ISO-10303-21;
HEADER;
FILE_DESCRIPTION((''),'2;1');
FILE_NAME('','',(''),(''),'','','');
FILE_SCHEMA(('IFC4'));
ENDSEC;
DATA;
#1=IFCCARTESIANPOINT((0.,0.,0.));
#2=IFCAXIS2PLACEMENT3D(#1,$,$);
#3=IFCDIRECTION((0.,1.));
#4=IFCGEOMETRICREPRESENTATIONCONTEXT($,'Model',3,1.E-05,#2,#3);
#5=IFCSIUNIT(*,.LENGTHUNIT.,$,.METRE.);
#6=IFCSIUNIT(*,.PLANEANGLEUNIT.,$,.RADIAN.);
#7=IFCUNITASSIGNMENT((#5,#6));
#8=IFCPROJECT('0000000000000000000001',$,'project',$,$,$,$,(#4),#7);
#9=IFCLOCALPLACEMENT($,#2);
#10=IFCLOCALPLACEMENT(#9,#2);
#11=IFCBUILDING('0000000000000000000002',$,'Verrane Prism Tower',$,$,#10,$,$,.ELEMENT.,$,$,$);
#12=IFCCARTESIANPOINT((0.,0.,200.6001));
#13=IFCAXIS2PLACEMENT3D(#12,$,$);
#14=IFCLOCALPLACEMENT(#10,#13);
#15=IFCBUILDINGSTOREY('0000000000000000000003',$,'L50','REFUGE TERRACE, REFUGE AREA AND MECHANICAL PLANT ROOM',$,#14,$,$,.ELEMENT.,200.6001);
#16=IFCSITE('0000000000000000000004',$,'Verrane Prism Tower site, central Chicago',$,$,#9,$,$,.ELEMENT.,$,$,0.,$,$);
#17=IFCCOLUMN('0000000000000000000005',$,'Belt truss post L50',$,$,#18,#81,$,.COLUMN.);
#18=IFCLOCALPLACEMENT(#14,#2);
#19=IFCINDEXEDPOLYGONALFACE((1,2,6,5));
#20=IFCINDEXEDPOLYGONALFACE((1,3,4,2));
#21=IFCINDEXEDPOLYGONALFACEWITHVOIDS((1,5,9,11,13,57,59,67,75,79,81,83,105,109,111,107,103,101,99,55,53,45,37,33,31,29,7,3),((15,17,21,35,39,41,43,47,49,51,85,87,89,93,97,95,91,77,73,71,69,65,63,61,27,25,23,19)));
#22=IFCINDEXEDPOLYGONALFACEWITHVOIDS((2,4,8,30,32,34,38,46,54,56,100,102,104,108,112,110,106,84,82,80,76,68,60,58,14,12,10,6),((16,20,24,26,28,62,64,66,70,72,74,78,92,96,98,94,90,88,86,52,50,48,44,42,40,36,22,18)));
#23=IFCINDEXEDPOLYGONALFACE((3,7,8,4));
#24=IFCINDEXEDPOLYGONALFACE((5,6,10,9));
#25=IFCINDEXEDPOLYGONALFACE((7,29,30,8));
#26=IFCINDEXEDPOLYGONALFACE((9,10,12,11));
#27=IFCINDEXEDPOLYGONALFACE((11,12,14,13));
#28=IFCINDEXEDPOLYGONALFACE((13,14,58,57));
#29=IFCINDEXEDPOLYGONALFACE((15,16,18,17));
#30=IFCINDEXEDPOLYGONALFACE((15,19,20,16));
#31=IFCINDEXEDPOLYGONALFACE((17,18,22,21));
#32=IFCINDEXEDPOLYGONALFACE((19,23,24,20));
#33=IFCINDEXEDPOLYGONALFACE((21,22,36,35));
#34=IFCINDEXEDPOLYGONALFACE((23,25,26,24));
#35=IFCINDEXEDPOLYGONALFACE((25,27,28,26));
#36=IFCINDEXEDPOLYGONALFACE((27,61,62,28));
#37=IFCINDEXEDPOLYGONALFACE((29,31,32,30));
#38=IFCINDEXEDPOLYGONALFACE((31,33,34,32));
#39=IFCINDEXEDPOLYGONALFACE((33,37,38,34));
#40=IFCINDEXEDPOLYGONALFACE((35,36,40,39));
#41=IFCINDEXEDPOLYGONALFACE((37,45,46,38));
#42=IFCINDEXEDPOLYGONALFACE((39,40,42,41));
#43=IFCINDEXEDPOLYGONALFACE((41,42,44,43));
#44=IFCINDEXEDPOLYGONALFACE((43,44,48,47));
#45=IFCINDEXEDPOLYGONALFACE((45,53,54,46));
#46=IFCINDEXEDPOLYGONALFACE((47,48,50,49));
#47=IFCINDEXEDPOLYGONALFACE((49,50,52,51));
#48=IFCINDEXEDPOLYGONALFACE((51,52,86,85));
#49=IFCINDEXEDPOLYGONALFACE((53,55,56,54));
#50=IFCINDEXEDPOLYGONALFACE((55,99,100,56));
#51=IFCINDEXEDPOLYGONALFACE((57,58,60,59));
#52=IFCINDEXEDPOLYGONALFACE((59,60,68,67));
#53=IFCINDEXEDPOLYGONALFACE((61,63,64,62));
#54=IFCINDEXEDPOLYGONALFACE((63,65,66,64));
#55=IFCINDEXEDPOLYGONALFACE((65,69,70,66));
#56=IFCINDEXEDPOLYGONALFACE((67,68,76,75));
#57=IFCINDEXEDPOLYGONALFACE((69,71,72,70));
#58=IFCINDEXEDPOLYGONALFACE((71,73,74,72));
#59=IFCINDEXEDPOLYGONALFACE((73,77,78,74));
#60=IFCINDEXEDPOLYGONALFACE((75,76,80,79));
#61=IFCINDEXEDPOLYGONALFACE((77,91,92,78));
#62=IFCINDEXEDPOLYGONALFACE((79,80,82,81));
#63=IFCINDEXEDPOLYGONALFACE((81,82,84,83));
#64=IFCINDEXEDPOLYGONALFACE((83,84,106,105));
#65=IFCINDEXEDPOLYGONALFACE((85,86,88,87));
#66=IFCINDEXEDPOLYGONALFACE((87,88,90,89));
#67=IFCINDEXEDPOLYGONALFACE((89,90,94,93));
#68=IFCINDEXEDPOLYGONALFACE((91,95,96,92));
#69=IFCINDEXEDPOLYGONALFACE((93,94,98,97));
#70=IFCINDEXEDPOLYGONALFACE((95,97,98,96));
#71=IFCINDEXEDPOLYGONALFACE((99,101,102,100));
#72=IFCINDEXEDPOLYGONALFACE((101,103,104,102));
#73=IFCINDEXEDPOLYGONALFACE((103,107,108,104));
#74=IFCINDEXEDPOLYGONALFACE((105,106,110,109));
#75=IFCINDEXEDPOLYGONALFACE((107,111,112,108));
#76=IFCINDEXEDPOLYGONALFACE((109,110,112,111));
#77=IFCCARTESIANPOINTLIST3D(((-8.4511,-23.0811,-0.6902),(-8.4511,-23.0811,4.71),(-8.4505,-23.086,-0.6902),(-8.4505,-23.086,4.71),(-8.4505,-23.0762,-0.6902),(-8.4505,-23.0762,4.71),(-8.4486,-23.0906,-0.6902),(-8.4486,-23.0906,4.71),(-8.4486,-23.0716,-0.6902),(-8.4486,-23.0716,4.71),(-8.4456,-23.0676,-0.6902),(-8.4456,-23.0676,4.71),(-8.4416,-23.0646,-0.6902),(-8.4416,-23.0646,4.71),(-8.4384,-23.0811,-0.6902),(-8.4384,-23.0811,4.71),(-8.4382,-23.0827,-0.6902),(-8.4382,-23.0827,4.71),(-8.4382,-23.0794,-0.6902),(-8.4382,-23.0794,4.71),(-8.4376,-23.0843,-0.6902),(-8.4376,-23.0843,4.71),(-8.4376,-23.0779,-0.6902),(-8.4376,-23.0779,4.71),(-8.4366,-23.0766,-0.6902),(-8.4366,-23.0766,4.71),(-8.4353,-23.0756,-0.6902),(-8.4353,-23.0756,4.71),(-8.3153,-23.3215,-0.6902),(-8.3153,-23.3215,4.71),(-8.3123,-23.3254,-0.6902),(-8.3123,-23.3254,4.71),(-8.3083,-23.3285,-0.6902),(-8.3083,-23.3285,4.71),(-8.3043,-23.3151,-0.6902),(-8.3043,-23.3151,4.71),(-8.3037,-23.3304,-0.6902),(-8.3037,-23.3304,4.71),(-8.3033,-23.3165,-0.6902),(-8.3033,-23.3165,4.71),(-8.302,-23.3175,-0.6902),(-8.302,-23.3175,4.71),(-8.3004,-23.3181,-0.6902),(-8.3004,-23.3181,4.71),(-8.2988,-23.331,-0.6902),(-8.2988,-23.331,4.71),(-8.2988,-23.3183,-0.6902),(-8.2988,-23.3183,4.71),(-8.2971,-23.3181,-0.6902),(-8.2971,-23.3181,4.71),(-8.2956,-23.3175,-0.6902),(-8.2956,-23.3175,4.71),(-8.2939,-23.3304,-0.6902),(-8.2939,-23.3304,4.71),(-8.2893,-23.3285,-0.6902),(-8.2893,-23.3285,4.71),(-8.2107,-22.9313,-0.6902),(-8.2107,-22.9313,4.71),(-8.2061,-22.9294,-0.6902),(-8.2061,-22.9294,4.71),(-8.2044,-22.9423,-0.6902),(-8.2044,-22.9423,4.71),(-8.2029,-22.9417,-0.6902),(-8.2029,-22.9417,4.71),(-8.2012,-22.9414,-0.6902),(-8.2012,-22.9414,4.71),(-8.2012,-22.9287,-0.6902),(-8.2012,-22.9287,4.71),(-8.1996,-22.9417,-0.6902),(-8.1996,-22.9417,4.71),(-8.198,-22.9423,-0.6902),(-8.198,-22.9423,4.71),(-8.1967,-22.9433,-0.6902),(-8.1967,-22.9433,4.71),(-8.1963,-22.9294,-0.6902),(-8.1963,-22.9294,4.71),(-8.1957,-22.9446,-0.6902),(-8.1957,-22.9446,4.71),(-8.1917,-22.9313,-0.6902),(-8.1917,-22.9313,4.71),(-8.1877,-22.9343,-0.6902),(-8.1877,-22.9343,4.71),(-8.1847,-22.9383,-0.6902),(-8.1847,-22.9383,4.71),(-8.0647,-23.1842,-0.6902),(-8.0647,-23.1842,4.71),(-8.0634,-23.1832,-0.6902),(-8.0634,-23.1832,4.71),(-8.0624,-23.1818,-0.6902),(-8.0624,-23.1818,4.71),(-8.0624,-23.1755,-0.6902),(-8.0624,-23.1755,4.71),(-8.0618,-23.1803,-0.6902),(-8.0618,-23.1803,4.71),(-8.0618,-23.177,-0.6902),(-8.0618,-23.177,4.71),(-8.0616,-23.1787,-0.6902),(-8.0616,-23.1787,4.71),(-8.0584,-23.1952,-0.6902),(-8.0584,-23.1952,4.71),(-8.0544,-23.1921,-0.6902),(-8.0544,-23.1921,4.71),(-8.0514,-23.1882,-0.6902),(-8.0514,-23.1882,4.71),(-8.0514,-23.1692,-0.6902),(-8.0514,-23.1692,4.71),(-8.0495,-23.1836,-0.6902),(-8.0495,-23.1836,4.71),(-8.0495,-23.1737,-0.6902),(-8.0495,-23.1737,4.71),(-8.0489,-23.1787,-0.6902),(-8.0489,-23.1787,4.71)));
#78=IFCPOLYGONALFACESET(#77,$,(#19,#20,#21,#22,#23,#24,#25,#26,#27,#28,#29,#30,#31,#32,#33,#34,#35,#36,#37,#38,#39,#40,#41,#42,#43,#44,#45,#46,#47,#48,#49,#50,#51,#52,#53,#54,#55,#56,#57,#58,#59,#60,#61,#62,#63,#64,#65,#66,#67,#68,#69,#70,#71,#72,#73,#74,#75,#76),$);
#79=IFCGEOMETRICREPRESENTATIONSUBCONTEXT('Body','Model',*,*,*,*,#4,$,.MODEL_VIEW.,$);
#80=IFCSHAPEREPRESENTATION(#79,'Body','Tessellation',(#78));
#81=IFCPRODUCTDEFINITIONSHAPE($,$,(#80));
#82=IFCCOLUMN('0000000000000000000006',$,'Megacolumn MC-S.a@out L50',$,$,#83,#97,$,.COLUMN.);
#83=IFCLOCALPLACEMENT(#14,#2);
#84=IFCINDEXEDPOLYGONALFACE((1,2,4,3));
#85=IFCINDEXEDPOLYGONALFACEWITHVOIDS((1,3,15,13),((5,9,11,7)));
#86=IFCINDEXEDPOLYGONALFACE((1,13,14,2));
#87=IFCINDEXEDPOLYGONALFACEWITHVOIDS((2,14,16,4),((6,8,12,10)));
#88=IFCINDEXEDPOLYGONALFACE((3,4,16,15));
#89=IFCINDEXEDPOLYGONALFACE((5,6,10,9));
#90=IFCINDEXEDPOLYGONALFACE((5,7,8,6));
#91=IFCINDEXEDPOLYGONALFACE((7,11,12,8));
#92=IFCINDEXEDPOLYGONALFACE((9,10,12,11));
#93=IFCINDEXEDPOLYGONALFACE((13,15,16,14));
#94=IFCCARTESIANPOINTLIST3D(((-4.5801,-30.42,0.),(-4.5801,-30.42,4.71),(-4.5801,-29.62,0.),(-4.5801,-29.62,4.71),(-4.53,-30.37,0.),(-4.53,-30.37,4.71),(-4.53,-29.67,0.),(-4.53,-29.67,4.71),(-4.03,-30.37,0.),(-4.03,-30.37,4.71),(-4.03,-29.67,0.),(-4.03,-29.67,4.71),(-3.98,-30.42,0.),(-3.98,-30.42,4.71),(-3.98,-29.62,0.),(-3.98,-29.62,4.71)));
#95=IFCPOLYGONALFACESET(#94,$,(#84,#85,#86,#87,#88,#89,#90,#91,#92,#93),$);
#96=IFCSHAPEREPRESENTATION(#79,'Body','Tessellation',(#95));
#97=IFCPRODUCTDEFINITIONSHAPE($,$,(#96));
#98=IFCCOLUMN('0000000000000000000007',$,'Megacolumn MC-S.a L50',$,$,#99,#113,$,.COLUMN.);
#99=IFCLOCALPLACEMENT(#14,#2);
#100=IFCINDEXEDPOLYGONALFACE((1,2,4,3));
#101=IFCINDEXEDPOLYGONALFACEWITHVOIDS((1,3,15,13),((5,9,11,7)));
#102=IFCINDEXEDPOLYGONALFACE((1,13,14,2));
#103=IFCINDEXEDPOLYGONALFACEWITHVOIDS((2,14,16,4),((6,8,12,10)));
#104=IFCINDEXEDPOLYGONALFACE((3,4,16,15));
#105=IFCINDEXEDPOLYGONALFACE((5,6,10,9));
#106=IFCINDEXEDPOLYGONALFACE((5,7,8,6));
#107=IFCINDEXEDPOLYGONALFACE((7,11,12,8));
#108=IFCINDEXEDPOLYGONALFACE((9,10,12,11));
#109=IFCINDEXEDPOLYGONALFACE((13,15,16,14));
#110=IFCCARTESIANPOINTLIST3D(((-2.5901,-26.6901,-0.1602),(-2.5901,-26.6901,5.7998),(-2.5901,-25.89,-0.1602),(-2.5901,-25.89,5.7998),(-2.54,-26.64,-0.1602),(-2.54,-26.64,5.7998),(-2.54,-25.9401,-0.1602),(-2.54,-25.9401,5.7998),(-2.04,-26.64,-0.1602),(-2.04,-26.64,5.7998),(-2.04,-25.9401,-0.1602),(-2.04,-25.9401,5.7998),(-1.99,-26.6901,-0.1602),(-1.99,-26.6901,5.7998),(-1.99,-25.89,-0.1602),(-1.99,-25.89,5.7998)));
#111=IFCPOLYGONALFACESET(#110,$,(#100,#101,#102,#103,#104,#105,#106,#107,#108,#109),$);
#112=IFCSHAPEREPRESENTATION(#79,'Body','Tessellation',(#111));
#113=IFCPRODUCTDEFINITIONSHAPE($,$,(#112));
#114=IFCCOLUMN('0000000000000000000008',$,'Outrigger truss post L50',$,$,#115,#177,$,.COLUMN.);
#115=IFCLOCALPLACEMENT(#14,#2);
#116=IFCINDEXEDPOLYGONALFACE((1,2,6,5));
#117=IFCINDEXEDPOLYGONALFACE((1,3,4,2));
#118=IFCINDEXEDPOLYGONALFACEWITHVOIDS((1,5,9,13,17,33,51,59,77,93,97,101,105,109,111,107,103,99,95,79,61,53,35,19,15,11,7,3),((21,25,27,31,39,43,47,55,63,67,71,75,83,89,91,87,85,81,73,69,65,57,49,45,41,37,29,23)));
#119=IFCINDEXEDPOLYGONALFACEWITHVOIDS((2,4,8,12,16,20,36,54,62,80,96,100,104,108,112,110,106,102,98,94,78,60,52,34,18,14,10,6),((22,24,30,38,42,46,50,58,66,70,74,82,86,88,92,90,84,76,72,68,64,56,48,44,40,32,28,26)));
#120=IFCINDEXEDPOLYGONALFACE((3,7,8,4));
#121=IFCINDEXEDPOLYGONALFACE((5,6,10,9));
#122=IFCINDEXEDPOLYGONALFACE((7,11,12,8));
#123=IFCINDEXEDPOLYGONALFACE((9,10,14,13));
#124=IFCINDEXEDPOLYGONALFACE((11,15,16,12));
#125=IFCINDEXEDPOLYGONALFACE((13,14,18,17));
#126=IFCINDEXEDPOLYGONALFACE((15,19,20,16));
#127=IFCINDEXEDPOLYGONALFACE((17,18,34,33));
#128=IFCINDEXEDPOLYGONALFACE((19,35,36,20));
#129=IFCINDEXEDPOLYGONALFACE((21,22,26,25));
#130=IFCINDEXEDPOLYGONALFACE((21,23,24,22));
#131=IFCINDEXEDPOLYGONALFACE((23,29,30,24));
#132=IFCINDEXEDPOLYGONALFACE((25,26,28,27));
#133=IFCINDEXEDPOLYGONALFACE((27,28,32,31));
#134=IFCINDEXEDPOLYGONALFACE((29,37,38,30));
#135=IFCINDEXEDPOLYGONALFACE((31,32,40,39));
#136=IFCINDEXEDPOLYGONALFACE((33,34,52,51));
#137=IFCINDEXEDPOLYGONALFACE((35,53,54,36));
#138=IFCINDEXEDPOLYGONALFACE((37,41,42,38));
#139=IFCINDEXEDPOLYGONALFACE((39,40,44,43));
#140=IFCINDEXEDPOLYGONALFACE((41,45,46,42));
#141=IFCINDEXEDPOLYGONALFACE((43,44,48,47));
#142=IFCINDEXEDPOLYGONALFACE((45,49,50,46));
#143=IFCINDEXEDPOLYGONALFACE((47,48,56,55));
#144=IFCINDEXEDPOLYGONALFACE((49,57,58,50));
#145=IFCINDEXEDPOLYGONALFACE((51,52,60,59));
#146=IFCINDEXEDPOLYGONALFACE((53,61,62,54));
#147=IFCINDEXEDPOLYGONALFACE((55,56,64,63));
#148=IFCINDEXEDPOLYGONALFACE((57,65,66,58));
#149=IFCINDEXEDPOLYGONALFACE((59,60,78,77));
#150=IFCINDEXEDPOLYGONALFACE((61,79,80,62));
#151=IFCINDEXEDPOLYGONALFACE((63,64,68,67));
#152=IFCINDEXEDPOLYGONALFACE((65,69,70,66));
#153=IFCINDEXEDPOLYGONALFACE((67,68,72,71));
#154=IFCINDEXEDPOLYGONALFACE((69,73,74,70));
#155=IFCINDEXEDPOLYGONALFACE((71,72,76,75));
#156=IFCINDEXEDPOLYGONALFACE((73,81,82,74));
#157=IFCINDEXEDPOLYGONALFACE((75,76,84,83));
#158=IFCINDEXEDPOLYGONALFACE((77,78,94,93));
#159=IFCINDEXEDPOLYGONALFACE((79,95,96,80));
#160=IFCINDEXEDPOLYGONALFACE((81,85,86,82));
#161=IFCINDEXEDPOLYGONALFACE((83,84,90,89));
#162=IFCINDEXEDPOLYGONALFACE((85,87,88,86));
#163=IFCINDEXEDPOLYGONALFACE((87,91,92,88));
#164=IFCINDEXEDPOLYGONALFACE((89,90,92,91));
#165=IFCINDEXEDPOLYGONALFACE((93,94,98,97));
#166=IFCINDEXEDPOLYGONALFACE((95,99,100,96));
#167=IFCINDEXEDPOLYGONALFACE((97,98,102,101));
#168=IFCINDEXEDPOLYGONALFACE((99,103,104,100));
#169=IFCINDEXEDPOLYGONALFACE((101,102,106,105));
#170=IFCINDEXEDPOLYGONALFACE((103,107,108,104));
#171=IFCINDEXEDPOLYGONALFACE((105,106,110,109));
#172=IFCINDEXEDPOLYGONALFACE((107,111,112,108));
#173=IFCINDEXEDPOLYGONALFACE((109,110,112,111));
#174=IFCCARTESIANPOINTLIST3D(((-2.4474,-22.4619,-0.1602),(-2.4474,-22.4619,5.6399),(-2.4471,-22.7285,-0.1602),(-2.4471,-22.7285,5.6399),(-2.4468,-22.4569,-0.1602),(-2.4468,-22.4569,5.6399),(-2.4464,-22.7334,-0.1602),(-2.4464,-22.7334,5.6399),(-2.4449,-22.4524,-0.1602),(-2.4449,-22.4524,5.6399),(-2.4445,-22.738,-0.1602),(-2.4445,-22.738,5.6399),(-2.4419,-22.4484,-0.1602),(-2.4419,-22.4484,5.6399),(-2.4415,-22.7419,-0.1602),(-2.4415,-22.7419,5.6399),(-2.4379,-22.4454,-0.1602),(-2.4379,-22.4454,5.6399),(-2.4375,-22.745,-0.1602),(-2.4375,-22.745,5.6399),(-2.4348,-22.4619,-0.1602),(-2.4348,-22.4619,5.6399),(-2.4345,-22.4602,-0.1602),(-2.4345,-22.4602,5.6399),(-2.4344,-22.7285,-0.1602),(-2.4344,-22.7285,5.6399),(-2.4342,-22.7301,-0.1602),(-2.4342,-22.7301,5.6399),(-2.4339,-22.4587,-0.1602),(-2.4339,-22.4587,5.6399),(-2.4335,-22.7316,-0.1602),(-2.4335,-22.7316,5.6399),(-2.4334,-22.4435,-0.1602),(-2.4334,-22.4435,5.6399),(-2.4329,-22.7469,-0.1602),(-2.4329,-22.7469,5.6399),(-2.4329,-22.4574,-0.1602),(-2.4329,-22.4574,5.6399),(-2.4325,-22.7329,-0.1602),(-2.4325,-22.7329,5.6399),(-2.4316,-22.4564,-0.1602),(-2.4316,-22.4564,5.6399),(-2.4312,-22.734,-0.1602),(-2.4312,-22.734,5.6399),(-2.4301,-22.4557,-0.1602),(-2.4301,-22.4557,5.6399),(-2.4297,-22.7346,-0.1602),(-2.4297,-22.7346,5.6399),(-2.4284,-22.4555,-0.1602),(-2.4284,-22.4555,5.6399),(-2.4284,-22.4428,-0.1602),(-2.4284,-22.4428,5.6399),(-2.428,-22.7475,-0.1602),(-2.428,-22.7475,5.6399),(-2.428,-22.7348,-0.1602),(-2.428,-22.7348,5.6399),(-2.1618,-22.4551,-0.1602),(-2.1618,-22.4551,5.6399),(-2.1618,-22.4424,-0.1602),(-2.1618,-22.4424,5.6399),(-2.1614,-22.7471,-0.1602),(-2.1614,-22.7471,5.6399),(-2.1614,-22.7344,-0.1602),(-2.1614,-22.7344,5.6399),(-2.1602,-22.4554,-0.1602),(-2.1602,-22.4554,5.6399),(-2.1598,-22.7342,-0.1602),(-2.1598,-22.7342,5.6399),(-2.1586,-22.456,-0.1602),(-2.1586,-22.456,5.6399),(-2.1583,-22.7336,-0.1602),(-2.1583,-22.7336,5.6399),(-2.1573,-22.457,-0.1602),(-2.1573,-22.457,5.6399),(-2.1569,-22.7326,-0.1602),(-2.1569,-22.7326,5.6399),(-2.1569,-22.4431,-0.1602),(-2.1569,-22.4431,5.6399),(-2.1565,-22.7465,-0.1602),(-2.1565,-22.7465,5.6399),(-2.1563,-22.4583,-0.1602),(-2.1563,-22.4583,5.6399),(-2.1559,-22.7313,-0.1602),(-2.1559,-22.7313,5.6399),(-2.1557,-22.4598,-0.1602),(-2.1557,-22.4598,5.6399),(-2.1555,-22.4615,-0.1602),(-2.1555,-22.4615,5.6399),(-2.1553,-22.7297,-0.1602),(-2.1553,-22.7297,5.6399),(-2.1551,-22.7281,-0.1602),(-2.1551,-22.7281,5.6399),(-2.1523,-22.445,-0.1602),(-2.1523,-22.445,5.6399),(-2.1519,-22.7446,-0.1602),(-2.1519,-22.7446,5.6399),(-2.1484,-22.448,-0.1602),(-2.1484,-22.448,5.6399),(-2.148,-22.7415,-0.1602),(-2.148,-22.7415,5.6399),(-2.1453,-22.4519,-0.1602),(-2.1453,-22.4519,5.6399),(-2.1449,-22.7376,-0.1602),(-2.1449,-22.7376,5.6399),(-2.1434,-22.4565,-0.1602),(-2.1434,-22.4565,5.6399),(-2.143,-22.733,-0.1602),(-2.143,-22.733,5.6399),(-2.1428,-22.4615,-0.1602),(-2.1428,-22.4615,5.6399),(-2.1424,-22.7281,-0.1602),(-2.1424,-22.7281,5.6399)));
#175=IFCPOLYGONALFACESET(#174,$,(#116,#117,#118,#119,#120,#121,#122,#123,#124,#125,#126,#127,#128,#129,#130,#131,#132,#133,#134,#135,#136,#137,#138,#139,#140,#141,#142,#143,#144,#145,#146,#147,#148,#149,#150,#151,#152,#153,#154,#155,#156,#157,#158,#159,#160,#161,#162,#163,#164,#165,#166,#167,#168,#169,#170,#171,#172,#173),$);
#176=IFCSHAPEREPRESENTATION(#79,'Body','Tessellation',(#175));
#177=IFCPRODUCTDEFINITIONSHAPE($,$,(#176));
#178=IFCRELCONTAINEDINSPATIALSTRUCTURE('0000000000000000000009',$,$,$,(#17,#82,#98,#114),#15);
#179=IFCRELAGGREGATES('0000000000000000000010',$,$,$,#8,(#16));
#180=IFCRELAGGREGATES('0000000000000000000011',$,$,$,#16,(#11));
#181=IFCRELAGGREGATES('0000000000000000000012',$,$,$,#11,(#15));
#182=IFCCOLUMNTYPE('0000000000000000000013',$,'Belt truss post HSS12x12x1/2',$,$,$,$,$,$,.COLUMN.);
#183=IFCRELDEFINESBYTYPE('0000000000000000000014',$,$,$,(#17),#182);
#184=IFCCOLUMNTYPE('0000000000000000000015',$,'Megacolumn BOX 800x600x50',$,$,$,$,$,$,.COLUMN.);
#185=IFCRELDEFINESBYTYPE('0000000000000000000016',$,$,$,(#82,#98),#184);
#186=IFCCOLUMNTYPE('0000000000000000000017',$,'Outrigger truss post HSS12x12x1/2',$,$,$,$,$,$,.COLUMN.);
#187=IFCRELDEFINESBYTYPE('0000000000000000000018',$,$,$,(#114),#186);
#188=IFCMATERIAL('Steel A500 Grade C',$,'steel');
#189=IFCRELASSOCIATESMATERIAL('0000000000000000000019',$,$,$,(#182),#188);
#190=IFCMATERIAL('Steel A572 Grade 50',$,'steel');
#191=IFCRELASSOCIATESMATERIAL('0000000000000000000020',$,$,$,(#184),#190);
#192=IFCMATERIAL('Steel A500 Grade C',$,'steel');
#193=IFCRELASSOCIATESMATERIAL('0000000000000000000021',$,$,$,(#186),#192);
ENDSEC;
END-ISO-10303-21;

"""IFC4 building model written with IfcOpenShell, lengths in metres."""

from ifc_helpers import new_model, si_unit, direction, frame, origin, origin_2d, place, context, subcontext, project, spatial, hollow_rectangle, extrude, material, material_profile, profile_set, type_object, element, save


model = new_model("IFC4")

# Units and contexts
model_context = context("Model", 3, precision=1e-05, world=origin(), true_north=direction((0.0, 1.0)))
body_context = subcontext(model_context, "Body", "Model", "MODEL_VIEW")
ifc_project = project(units=[si_unit("LENGTHUNIT", "METRE"), si_unit("PLANEANGLEUNIT", "RADIAN")], contexts=[model_context])

# Site, building, storey
site_placement = place(None, origin())
site = spatial("IfcSite", under=ifc_project, at=site_placement, Name="Verrane Prism Tower site, central Chicago", CompositionType="ELEMENT", RefElevation=0.0)
building_placement = place(site_placement, origin())
building = spatial("IfcBuilding", under=site, at=building_placement, Name="Verrane Prism Tower", CompositionType="ELEMENT")
storey_placement = place(building_placement, frame((0.0, 0.0, 200.6001)))
storey = spatial("IfcBuildingStorey", under=building, at=storey_placement, Name="L50", Description="REFUGE TERRACE, REFUGE AREA AND MECHANICAL PLANT ROOM", CompositionType="ELEMENT", Elevation=200.6001)

# Columns
ifc_material_1 = material(Name="Steel A500 Grade C", Category="steel")
ifc_material_profile_1 = material_profile(ifc_material_1, hollow_rectangle(XDim=0.3047, YDim=0.3047, WallThickness=0.0127, InnerFilletRadius=0.0063, OuterFilletRadius=0.019, at=origin_2d()), Name="HSS12x12x1/2")
ifc_profile_set_1 = profile_set([ifc_material_profile_1], Name="Steel A500 Grade C")
column_type_1 = type_object("IfcColumnType", Name="Belt truss post HSS12x12x1/2", PredefinedType="COLUMN", material=ifc_profile_set_1)
column_1_placement = place(storey_placement, frame((-8.25, -23.1299, -0.6902), z_axis=(0.0, 0.0, 1.0), x_axis=(-0.5, 0.866025, 0.0)))
element("IfcColumn", 1, at=column_1_placement, inside=storey, type_object=column_type_1, Name="Belt truss post L50", PredefinedType="COLUMN", context=body_context, shape_type="SweptSolid", body=[
    extrude(hollow_rectangle(XDim=0.3047, YDim=0.3047, WallThickness=0.0127, InnerFilletRadius=0.0063, OuterFilletRadius=0.019, at=origin_2d()), origin(), (0.0, 0.0, 1.0), 5.4001),
])
ifc_material_2 = material(Name="Steel A572 Grade 50", Category="steel")
ifc_material_profile_2 = material_profile(ifc_material_2, hollow_rectangle(XDim=0.6001, YDim=0.8, WallThickness=0.05, at=origin_2d()), Name="BOX 800x600x50")
ifc_profile_set_2 = profile_set([ifc_material_profile_2], Name="Steel A572 Grade 50")
column_type_2 = type_object("IfcColumnType", Name="Megacolumn BOX 800x600x50", PredefinedType="COLUMN", material=ifc_profile_set_2)
column_2_placement = place(storey_placement, frame((-4.28, -30.02, 0.0), z_axis=(0.0, 0.0, 1.0), x_axis=(-1.0, 0.0, 0.0)))
element("IfcColumn", 2, at=column_2_placement, inside=storey, type_object=column_type_2, Name="Megacolumn MC-S.a@out L50", PredefinedType="COLUMN", context=body_context, shape_type="SweptSolid", body=[
    extrude(hollow_rectangle(XDim=0.6001, YDim=0.8, WallThickness=0.05, at=origin_2d()), origin(), (0.0, 0.0, 1.0), 4.71),
])
column_3_placement = place(storey_placement, frame((-2.29, -26.29, -0.1602), z_axis=(0.0, 0.0, 1.0), x_axis=(-1.0, 0.0, 0.0)))
element("IfcColumn", 3, at=column_3_placement, inside=storey, type_object=column_type_2, Name="Megacolumn MC-S.a L50", PredefinedType="COLUMN", context=body_context, shape_type="SweptSolid", body=[
    extrude(hollow_rectangle(XDim=0.6001, YDim=0.8, WallThickness=0.05, at=origin_2d()), origin(), (0.0, 0.0, 1.0), 5.96),
])
ifc_material_3 = material(Name="Steel A500 Grade C", Category="steel")
ifc_material_profile_3 = material_profile(ifc_material_3, hollow_rectangle(XDim=0.3047, YDim=0.3047, WallThickness=0.0127, InnerFilletRadius=0.0063, OuterFilletRadius=0.019, at=origin_2d()), Name="HSS12x12x1/2")
ifc_profile_set_3 = profile_set([ifc_material_profile_3], Name="Steel A500 Grade C")
column_type_3 = type_object("IfcColumnType", Name="Outrigger truss post HSS12x12x1/2", PredefinedType="COLUMN", material=ifc_profile_set_3)
column_4_placement = place(storey_placement, frame((-2.2949, -22.595, -0.1602), z_axis=(0.0, 0.0, 1.0), x_axis=(0.999999, 0.001353, 0.0)))
element("IfcColumn", 4, at=column_4_placement, inside=storey, type_object=column_type_3, Name="Outrigger truss post L50", PredefinedType="COLUMN", context=body_context, shape_type="SweptSolid", body=[
    extrude(hollow_rectangle(XDim=0.3047, YDim=0.3047, WallThickness=0.0127, InnerFilletRadius=0.0063, OuterFilletRadius=0.019, at=origin_2d()), origin(), (0.0, 0.0, 1.0), 5.8),
])

save(model, "model.ifc")
